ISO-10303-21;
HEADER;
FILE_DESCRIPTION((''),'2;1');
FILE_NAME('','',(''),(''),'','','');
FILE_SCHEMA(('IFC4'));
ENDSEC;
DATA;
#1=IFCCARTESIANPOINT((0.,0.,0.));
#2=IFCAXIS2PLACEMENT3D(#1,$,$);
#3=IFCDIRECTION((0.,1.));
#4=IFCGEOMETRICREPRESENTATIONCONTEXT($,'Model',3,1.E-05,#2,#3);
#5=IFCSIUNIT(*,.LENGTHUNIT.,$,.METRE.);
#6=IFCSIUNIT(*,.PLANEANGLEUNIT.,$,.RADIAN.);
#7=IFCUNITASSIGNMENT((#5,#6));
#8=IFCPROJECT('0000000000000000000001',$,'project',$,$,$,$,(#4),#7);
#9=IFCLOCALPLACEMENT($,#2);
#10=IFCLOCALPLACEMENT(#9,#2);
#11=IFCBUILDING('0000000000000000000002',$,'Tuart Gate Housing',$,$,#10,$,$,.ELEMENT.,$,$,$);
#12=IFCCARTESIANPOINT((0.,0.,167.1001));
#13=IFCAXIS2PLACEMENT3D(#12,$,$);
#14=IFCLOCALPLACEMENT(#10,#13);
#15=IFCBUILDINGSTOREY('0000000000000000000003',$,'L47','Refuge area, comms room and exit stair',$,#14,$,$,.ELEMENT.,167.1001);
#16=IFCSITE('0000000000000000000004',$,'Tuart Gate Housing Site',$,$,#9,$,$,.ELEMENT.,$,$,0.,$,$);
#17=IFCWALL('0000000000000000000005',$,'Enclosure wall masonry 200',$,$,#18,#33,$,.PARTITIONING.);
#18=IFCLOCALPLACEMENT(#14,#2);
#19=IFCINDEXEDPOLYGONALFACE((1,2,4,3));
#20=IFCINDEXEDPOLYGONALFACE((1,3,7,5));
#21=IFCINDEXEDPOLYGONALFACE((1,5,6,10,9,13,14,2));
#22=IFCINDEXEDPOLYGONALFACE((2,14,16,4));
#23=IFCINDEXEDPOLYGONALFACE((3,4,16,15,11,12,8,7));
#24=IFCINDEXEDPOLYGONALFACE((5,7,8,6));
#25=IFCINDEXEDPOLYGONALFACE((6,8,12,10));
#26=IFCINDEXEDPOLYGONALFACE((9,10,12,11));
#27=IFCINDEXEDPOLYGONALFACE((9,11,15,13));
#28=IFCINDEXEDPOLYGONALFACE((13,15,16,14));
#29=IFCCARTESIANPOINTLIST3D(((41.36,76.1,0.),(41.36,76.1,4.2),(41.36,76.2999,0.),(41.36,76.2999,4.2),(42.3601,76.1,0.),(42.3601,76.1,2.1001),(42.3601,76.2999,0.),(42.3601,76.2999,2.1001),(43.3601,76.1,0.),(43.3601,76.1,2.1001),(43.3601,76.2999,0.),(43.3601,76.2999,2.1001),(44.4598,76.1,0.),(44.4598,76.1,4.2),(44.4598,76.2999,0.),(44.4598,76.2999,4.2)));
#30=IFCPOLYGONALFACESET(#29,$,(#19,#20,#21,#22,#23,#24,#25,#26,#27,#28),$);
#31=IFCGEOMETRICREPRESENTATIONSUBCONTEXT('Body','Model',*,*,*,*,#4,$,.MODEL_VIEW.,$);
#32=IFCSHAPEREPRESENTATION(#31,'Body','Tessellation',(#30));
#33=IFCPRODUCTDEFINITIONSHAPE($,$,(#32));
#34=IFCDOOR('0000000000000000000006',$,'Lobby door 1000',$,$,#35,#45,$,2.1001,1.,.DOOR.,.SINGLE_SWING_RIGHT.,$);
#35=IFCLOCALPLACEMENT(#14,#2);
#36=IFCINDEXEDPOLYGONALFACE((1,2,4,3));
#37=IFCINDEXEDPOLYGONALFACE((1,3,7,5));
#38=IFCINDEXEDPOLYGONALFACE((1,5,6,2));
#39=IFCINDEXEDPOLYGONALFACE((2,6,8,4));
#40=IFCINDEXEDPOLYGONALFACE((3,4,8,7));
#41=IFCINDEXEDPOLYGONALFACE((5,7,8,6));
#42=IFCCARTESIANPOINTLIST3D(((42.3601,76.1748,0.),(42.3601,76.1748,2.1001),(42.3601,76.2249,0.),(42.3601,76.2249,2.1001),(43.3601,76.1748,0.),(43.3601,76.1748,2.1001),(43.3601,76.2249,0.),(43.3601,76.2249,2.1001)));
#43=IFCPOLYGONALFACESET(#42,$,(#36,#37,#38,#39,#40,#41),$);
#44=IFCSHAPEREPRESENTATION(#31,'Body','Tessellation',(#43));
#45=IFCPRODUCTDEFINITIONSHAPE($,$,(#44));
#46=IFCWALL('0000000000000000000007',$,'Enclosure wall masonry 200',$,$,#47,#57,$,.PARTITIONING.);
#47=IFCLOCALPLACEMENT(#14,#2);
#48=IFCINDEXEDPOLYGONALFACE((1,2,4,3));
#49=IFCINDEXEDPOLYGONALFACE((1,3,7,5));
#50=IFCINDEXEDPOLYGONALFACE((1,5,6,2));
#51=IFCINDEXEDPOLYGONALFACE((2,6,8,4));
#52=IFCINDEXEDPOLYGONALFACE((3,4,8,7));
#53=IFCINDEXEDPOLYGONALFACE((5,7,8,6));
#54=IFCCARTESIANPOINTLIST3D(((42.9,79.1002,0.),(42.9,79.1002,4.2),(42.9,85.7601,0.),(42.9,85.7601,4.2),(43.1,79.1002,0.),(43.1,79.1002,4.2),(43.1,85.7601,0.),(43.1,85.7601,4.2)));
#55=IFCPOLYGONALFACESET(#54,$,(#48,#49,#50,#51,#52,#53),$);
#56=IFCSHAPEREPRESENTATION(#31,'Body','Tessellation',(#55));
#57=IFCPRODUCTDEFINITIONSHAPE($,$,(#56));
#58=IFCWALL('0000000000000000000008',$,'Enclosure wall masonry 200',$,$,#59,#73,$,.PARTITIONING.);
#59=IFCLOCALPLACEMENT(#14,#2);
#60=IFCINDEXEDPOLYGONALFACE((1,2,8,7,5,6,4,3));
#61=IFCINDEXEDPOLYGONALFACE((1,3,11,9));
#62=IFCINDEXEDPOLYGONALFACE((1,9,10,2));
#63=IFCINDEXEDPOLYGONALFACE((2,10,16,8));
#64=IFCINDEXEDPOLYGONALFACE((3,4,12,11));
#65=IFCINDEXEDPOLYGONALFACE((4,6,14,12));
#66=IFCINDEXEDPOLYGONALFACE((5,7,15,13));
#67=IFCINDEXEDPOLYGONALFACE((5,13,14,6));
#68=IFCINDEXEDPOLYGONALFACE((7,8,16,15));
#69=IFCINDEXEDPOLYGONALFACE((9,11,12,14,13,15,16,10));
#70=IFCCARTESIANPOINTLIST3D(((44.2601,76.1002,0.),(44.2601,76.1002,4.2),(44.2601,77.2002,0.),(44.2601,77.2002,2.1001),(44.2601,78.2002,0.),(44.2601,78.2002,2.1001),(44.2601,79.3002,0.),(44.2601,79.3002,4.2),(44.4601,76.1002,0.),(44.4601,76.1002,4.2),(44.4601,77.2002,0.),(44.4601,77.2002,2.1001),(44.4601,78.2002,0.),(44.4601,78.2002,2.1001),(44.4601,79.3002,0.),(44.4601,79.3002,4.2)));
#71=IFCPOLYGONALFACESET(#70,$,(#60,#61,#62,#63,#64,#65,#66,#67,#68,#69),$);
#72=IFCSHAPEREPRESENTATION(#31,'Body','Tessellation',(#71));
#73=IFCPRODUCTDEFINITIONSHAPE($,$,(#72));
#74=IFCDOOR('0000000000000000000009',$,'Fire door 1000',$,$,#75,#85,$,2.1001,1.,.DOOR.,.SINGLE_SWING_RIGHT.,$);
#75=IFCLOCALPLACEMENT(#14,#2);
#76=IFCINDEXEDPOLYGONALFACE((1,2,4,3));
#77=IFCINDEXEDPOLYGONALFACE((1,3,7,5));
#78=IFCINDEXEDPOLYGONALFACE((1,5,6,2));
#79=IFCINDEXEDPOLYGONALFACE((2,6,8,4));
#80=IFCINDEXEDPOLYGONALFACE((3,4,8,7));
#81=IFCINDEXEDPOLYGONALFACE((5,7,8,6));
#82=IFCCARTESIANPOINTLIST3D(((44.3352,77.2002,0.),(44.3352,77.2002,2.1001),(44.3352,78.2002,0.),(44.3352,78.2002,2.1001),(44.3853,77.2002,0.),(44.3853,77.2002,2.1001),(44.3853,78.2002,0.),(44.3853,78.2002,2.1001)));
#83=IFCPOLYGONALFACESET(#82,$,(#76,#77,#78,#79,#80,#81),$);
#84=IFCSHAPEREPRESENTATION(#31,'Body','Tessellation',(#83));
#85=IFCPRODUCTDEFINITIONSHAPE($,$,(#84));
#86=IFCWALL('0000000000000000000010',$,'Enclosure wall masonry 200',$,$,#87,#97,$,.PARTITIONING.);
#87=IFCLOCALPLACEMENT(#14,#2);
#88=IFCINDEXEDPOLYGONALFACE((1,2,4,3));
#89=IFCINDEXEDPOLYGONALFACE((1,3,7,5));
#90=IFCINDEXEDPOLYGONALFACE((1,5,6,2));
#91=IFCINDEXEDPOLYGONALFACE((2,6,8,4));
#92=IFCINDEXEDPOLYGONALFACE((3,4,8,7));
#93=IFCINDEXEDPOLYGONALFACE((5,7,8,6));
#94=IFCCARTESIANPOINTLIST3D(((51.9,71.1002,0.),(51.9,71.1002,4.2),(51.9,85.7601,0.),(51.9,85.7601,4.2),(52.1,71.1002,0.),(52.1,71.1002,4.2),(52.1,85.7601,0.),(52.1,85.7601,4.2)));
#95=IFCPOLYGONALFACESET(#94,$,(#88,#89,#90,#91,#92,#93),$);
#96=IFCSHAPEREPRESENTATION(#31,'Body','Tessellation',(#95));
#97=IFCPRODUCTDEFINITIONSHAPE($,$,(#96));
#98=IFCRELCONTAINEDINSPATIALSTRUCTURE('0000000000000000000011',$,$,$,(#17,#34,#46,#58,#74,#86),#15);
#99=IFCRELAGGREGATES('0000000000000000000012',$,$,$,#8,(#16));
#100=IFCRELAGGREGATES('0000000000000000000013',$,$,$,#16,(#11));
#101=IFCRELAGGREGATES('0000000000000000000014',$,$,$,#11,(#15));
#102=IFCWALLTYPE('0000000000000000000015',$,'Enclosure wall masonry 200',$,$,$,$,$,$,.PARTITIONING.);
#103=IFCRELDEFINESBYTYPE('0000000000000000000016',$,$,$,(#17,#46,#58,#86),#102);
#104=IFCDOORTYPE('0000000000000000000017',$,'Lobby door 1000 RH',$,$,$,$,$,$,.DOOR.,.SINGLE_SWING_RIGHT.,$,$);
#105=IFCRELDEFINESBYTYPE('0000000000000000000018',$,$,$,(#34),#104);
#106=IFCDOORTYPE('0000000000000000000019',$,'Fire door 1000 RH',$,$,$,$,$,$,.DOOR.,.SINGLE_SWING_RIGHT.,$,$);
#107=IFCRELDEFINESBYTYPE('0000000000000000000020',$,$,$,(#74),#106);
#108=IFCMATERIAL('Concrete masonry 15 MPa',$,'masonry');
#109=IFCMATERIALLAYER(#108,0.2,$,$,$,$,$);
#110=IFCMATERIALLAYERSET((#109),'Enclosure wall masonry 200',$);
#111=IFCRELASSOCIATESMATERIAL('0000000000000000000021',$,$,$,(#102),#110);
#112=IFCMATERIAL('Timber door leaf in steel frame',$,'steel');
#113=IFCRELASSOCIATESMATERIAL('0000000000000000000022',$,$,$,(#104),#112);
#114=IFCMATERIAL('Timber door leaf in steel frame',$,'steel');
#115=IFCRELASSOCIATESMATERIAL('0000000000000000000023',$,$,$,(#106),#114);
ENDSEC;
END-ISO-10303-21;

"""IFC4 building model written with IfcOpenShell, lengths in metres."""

from ifc_helpers import new_model, si_unit, direction, frame, frame_2d, origin, place, context, subcontext, project, spatial, rectangle, extrude, material, layer, layer_set, type_object, element, fill, save


model = new_model("IFC4")

# Units and contexts
model_context = context("Model", 3, precision=1e-05, world=origin(), true_north=direction((0.0, 1.0)))
body_context = subcontext(model_context, "Body", "Model", "MODEL_VIEW")
ifc_project = project(units=[si_unit("LENGTHUNIT", "METRE"), si_unit("PLANEANGLEUNIT", "RADIAN")], contexts=[model_context])

# Site, building, storey
site_placement = place(None, origin())
site = spatial("IfcSite", under=ifc_project, at=site_placement, Name="Tuart Gate Housing Site", CompositionType="ELEMENT", RefElevation=0.0)
building_placement = place(site_placement, origin())
building = spatial("IfcBuilding", under=site, at=building_placement, Name="Tuart Gate Housing", CompositionType="ELEMENT")
storey_placement = place(building_placement, frame((0.0, 0.0, 167.1001)))
storey = spatial("IfcBuildingStorey", under=building, at=storey_placement, Name="L47", Description="Refuge area, comms room and exit stair", CompositionType="ELEMENT", Elevation=167.1001)

# Shared definitions
ifc_material_1 = material(Name="Concrete masonry 15 MPa", Category="masonry")
ifc_layer_1 = layer(ifc_material_1, 0.2)
ifc_layer_set_1 = layer_set([ifc_layer_1], Name="Enclosure wall masonry 200")
wall_type_1 = type_object("IfcWallType", Name="Enclosure wall masonry 200", PredefinedType="PARTITIONING", material=ifc_layer_set_1)

# Wall, opening, door
wall_1_placement = place(storey_placement, frame((41.3601, 76.2, 0.0), z_axis=(0.0, 0.0, 1.0), x_axis=(1.0, 0.0, 0.0)))
wall_1 = element("IfcWall", 1, at=wall_1_placement, inside=storey, type_object=wall_type_1, Name="Enclosure wall masonry 200", PredefinedType="PARTITIONING", context=body_context, shape_type="SweptSolid", body=[
    extrude(rectangle(XDim=3.0999, YDim=0.2, at=frame_2d((1.5498, 0.0))), origin(), (0.0, 0.0, 1.0), 4.2),
])
opening_1_placement = place(wall_1_placement, frame((1.0, 0.0, 0.0)))
opening_1 = element("IfcOpeningElement", 2, at=opening_1_placement, cuts=wall_1, PredefinedType="OPENING", context=body_context, shape_type="SweptSolid", body=[
    extrude(rectangle(XDim=1.0, YDim=2.1001, at=frame_2d((0.5, 1.05))), frame((0.0, 0.1099, 0.0), z_axis=(0.0, -1.0, 0.0), x_axis=(1.0, 0.0, 0.0)), (0.0, 0.0, 1.0), 0.22),
])
ifc_material_2 = material(Name="Timber door leaf in steel frame", Category="steel")
door_type_1 = type_object("IfcDoorType", Name="Lobby door 1000 RH", OperationType="SINGLE_SWING_RIGHT", PredefinedType="DOOR", material=ifc_material_2)
door_1_placement = place(opening_1_placement, origin())
door_1 = element("IfcDoor", 3, at=door_1_placement, inside=storey, type_object=door_type_1, Name="Lobby door 1000", OperationType="SINGLE_SWING_RIGHT", OverallHeight=2.1001, OverallWidth=1.0, PredefinedType="DOOR", context=body_context, shape_type="SweptSolid", body=[
    extrude(rectangle(XDim=1.0, YDim=2.1001, at=frame_2d((0.5, 1.05))), frame((0.0, 0.0249, 0.0), z_axis=(0.0, -1.0, 0.0), x_axis=(1.0, 0.0, 0.0)), (0.0, 0.0, 1.0), 0.05),
])
fill(opening_1, door_1)

# Wall
wall_2_placement = place(storey_placement, frame((43.0, 79.1001, 0.0), z_axis=(0.0, 0.0, 1.0), x_axis=(0.0, 1.0, 0.0)))
element("IfcWall", 4, at=wall_2_placement, inside=storey, type_object=wall_type_1, Name="Enclosure wall masonry 200", PredefinedType="PARTITIONING", context=body_context, shape_type="SweptSolid", body=[
    extrude(rectangle(XDim=6.6599, YDim=0.2, at=frame_2d((3.3301, 0.0))), origin(), (0.0, 0.0, 1.0), 4.2),
])

# Wall, opening, door
wall_3_placement = place(storey_placement, frame((44.3601, 76.1001, 0.0), z_axis=(0.0, 0.0, 1.0), x_axis=(0.0, 1.0, 0.0)))
wall_3 = element("IfcWall", 5, at=wall_3_placement, inside=storey, type_object=wall_type_1, Name="Enclosure wall masonry 200", PredefinedType="PARTITIONING", context=body_context, shape_type="SweptSolid", body=[
    extrude(rectangle(XDim=3.2, YDim=0.2, at=frame_2d((1.6001, 0.0))), origin(), (0.0, 0.0, 1.0), 4.2),
])
opening_2_placement = place(wall_3_placement, frame((1.1001, 0.0, 0.0)))
opening_2 = element("IfcOpeningElement", 6, at=opening_2_placement, cuts=wall_3, PredefinedType="OPENING", context=body_context, shape_type="SweptSolid", body=[
    extrude(rectangle(XDim=1.0, YDim=2.1001, at=frame_2d((0.5, 1.05))), frame((0.0, 0.1099, 0.0), z_axis=(0.0, -1.0, 0.0), x_axis=(1.0, 0.0, 0.0)), (0.0, 0.0, 1.0), 0.22),
])
ifc_material_3 = material(Name="Timber door leaf in steel frame", Category="steel")
door_type_2 = type_object("IfcDoorType", Name="Fire door 1000 RH", OperationType="SINGLE_SWING_RIGHT", PredefinedType="DOOR", material=ifc_material_3)
door_2_placement = place(opening_2_placement, frame((1.0, 0.0, 0.0), z_axis=(0.0, 0.0, 1.0), x_axis=(-1.0, 0.0, 0.0)))
door_2 = element("IfcDoor", 7, at=door_2_placement, inside=storey, type_object=door_type_2, Name="Fire door 1000", OperationType="SINGLE_SWING_RIGHT", OverallHeight=2.1001, OverallWidth=1.0, PredefinedType="DOOR", context=body_context, shape_type="SweptSolid", body=[
    extrude(rectangle(XDim=1.0, YDim=2.1001, at=frame_2d((0.5, 1.05))), frame((0.0, 0.0251, 0.0), z_axis=(0.0, -1.0, 0.0), x_axis=(1.0, 0.0, 0.0)), (0.0, 0.0, 1.0), 0.05),
])
fill(opening_2, door_2)

# Wall
wall_4_placement = place(storey_placement, frame((52.0, 71.1001, 0.0), z_axis=(0.0, 0.0, 1.0), x_axis=(0.0, 1.0, 0.0)))
element("IfcWall", 8, at=wall_4_placement, inside=storey, type_object=wall_type_1, Name="Enclosure wall masonry 200", PredefinedType="PARTITIONING", context=body_context, shape_type="SweptSolid", body=[
    extrude(rectangle(XDim=14.6599, YDim=0.2, at=frame_2d((7.3301, 0.0))), origin(), (0.0, 0.0, 1.0), 4.2),
])

save(model, "model.ifc")
